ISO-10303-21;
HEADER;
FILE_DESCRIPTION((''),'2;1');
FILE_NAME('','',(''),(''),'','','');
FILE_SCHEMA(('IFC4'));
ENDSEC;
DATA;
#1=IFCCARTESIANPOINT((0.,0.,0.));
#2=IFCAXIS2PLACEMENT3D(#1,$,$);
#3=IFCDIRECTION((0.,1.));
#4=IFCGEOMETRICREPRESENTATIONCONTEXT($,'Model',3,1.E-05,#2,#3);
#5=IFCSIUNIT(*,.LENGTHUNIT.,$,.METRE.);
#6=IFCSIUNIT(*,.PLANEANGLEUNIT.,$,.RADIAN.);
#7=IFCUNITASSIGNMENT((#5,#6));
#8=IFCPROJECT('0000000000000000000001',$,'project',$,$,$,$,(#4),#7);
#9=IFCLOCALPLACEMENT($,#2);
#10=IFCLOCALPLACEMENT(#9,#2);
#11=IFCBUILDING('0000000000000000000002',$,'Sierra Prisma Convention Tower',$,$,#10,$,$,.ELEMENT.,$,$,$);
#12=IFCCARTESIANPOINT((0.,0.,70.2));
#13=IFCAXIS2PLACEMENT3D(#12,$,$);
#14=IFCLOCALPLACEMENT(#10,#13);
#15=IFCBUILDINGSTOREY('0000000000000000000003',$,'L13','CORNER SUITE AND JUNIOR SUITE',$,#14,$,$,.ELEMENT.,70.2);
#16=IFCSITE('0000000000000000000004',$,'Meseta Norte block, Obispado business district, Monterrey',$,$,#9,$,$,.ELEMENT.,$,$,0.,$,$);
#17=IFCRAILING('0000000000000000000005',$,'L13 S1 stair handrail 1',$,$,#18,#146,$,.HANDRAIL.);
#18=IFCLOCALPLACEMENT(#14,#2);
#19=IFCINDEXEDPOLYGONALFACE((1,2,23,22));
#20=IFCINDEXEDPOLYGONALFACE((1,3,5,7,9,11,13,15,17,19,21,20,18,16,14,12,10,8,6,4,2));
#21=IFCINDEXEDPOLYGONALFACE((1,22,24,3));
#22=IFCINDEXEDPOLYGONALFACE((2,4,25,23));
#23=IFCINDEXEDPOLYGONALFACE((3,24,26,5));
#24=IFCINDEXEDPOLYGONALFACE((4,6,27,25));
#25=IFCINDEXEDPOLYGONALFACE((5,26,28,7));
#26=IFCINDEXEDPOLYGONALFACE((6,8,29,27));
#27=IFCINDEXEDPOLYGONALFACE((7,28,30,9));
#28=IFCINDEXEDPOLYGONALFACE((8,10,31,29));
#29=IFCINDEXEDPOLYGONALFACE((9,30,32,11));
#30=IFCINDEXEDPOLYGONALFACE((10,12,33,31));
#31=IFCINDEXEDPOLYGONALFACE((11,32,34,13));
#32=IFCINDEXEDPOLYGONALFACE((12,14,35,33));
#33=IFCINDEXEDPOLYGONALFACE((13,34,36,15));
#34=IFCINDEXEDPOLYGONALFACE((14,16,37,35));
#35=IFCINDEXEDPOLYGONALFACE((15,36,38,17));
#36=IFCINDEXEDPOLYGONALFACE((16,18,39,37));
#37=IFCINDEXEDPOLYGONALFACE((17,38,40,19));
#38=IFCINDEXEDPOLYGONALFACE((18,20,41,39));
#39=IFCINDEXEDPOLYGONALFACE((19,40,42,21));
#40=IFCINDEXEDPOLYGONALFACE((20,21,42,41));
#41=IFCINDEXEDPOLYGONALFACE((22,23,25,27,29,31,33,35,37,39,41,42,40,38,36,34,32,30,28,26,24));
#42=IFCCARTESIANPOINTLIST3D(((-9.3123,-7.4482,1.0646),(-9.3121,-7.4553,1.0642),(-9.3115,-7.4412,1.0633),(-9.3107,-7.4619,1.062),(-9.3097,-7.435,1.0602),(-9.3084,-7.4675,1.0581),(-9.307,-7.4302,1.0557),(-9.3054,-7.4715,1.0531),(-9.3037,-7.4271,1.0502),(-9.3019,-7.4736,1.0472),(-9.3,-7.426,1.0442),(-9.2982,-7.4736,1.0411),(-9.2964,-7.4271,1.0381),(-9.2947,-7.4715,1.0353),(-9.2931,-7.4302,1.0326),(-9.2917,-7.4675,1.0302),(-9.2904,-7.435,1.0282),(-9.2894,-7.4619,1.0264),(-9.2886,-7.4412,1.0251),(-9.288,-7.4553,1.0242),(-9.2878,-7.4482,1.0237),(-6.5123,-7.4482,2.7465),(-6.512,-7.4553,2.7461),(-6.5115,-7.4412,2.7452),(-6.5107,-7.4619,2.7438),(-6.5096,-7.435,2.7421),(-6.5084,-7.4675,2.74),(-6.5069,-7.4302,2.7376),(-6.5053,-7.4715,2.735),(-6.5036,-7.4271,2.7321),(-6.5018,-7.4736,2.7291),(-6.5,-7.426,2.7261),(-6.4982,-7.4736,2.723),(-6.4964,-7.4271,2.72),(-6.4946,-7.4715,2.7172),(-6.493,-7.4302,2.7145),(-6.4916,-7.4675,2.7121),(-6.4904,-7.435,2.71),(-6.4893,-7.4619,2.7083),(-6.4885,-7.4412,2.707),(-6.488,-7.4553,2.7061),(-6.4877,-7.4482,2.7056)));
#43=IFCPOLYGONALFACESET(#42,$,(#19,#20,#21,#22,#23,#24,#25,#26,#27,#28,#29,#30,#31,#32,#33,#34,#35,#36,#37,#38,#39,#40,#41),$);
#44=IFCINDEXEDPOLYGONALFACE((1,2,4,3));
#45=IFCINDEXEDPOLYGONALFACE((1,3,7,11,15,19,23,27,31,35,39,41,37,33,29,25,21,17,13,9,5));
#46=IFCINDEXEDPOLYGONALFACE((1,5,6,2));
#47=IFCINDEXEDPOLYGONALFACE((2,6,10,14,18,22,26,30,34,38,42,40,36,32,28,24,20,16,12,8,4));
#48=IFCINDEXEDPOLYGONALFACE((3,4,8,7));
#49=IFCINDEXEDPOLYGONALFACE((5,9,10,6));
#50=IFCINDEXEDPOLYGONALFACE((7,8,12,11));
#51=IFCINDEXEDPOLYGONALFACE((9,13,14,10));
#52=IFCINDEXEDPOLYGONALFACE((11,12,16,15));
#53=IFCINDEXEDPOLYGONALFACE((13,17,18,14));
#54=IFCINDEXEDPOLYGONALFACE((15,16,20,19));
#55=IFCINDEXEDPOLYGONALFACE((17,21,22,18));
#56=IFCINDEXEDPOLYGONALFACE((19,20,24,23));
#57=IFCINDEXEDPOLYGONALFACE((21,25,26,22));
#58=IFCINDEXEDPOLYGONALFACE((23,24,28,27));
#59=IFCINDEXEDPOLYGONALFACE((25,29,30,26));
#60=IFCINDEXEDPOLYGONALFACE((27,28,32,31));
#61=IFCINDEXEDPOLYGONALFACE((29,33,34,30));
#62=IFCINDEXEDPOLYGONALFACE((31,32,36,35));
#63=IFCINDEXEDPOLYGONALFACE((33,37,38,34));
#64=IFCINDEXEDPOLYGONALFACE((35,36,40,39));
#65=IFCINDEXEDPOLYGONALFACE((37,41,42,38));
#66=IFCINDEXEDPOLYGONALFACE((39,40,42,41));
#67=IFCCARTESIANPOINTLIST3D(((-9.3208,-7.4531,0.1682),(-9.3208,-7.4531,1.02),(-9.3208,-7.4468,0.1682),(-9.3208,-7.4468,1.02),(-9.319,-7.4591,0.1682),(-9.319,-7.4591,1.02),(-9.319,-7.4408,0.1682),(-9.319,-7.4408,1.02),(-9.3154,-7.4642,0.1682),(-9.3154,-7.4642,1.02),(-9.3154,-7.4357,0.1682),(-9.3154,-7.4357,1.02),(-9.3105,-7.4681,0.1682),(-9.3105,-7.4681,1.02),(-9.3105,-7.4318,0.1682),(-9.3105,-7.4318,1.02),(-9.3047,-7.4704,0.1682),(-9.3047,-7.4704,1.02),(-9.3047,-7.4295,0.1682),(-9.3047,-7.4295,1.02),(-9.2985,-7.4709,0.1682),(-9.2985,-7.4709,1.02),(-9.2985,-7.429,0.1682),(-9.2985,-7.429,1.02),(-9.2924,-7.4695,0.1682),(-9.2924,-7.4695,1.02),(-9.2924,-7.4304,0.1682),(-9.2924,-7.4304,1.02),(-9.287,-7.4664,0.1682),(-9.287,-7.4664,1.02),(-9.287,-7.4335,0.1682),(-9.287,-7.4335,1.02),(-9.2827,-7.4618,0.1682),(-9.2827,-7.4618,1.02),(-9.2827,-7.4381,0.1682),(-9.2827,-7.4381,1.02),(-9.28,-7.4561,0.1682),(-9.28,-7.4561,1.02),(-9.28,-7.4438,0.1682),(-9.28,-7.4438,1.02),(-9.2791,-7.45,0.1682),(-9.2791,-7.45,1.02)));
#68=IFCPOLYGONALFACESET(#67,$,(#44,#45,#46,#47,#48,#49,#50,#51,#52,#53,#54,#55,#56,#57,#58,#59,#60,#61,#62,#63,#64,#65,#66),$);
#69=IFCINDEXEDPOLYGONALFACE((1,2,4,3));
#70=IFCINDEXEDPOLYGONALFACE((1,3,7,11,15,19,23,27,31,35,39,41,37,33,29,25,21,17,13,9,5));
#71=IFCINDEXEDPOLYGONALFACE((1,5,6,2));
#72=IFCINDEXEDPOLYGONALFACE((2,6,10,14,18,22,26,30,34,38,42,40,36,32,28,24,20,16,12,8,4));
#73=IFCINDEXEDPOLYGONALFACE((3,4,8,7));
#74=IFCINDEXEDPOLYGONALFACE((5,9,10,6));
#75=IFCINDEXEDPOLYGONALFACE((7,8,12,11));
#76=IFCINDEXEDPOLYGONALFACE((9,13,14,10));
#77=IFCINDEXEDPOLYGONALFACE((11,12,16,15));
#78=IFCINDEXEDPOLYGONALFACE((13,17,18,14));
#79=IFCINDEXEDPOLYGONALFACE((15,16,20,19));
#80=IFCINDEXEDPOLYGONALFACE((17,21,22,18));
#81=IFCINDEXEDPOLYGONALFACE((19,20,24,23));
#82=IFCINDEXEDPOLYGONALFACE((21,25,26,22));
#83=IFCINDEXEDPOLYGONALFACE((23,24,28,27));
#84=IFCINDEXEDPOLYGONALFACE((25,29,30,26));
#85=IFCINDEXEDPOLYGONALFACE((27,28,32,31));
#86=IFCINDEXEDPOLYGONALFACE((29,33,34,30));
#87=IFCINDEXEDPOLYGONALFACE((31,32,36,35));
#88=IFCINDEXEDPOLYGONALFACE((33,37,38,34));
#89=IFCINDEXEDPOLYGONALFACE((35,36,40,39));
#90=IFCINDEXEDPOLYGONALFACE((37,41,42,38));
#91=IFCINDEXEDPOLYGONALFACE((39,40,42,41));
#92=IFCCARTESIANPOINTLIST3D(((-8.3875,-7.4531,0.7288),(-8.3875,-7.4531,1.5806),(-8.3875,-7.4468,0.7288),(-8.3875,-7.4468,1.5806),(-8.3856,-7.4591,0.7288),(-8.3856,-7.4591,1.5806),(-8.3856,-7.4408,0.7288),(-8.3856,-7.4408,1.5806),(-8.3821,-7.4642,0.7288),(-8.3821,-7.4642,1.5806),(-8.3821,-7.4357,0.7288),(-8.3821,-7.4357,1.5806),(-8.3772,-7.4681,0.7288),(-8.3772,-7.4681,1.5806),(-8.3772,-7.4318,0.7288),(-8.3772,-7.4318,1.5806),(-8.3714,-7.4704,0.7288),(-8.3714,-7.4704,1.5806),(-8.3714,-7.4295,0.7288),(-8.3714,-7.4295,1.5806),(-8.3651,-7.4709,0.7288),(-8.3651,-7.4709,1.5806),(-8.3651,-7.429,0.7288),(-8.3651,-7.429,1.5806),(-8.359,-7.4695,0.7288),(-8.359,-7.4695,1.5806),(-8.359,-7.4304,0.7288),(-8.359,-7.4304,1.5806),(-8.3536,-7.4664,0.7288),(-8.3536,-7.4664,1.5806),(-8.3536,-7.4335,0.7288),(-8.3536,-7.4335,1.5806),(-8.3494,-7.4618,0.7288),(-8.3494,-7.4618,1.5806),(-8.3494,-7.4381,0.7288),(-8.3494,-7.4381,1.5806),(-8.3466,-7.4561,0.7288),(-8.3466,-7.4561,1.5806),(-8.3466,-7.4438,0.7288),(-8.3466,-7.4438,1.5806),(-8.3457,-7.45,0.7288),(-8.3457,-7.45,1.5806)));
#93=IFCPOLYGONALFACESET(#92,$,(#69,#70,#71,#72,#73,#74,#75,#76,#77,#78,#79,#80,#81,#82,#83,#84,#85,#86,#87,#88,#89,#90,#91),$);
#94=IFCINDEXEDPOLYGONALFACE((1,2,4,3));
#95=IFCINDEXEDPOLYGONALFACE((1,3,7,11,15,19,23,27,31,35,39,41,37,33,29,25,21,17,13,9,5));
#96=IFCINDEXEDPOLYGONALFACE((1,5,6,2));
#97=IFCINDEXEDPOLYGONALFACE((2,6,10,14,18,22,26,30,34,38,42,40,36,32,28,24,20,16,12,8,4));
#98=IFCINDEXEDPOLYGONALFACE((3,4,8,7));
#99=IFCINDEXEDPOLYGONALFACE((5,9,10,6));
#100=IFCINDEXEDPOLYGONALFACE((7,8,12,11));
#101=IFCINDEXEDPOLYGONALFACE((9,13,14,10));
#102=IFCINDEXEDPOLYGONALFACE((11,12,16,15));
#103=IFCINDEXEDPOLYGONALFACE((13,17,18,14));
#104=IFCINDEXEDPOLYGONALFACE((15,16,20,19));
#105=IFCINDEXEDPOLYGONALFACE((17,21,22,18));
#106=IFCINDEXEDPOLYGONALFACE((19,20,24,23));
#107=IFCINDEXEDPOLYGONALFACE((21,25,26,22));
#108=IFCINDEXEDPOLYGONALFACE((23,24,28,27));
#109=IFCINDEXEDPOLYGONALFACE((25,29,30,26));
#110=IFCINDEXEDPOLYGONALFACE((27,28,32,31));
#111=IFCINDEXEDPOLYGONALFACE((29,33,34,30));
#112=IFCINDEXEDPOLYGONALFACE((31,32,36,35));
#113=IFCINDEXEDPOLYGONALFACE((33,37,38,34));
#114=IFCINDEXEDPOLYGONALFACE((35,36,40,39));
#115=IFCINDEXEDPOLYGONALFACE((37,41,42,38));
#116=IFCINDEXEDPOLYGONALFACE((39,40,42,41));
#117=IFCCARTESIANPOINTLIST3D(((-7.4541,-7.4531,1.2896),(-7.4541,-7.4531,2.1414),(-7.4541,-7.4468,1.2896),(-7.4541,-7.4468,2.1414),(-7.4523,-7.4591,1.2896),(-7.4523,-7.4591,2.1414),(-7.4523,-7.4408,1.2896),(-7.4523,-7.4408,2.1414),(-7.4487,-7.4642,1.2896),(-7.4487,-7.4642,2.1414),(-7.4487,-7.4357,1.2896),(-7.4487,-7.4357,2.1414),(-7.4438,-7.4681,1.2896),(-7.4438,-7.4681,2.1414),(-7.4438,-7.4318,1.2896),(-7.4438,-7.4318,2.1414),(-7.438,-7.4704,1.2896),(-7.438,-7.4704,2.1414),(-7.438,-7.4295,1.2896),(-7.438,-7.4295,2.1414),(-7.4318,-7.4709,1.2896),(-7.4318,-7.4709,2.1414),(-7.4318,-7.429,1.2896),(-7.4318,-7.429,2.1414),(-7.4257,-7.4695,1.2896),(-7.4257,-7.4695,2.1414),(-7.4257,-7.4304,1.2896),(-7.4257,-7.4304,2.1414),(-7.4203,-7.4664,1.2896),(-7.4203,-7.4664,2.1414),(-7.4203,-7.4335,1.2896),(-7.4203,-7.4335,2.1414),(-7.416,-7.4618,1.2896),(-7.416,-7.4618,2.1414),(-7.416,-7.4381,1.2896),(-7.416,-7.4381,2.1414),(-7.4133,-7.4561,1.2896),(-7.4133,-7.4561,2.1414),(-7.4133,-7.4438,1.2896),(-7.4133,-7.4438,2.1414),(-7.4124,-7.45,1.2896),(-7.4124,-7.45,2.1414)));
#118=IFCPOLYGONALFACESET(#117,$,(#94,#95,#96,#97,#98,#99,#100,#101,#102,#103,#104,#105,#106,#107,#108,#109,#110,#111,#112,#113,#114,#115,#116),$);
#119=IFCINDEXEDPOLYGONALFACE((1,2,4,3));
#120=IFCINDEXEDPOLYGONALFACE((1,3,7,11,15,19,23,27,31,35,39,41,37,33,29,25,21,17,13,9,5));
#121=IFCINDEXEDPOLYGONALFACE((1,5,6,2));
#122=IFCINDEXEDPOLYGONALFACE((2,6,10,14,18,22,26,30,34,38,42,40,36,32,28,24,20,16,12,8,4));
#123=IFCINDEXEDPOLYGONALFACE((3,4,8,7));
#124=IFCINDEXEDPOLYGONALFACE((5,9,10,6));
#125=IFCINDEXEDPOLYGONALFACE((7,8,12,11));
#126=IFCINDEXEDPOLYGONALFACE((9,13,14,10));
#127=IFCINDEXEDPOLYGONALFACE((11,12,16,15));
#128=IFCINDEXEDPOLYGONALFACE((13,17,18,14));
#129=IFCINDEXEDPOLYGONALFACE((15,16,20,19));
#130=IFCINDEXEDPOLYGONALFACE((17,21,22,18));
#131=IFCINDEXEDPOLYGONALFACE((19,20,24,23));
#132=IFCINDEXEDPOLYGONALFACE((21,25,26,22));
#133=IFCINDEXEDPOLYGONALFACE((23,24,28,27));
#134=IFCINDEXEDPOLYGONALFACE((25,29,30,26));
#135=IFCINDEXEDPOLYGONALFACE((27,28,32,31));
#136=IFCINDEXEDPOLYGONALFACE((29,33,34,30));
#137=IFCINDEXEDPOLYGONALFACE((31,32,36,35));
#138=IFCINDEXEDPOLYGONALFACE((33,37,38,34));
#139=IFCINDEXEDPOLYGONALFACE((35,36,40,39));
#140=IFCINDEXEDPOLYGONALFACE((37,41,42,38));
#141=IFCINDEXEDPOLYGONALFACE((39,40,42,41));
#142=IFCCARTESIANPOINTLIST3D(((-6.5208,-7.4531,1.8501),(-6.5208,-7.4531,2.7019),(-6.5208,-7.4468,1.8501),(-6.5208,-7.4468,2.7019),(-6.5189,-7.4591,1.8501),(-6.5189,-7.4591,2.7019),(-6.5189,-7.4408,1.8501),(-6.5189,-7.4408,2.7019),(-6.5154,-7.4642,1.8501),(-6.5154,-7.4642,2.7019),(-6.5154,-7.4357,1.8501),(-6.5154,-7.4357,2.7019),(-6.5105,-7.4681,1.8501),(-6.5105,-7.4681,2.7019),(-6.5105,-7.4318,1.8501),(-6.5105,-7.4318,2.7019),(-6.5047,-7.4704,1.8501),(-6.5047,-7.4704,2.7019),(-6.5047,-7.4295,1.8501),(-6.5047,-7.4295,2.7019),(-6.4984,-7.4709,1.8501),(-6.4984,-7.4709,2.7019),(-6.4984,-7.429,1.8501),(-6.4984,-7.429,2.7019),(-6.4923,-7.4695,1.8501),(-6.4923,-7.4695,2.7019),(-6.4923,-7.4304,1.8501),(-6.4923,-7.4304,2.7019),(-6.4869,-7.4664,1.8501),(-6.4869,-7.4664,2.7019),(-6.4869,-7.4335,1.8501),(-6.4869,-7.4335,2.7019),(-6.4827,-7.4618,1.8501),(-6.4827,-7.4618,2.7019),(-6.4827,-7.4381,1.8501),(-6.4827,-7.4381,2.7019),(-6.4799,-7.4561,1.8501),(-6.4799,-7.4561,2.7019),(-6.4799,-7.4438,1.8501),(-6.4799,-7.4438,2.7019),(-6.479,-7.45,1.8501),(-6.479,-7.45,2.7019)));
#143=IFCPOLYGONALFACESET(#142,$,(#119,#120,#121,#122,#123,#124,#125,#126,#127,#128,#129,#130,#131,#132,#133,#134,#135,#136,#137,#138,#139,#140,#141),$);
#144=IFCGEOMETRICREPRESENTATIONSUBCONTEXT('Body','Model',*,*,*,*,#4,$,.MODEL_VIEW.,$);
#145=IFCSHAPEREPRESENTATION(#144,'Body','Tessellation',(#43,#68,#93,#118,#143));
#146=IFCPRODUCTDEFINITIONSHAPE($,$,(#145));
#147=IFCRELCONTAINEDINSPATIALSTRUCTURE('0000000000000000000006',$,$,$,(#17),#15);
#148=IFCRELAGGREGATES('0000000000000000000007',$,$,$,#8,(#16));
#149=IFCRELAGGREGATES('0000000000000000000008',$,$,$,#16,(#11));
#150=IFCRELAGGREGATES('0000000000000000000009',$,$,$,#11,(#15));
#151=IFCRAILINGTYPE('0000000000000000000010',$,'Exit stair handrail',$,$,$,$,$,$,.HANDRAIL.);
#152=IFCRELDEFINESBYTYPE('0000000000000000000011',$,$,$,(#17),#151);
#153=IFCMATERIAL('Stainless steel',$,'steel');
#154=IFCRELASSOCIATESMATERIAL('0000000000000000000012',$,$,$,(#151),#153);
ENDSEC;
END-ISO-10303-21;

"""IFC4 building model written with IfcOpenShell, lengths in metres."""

from ifc_helpers import new_model, si_unit, direction, frame, origin, origin_2d, place, context, subcontext, project, spatial, circle, extrude, material, type_object, element, save


model = new_model("IFC4")

# Units and contexts
model_context = context("Model", 3, precision=1e-05, world=origin(), true_north=direction((0.0, 1.0)))
body_context = subcontext(model_context, "Body", "Model", "MODEL_VIEW")
ifc_project = project(units=[si_unit("LENGTHUNIT", "METRE"), si_unit("PLANEANGLEUNIT", "RADIAN")], contexts=[model_context])

# Site, building, storey
site_placement = place(None, origin())
site = spatial("IfcSite", under=ifc_project, at=site_placement, Name="Meseta Norte block, Obispado business district, Monterrey", CompositionType="ELEMENT", RefElevation=0.0)
building_placement = place(site_placement, origin())
building = spatial("IfcBuilding", under=site, at=building_placement, Name="Sierra Prisma Convention Tower", CompositionType="ELEMENT")
storey_placement = place(building_placement, frame((0.0, 0.0, 70.2)))
storey = spatial("IfcBuildingStorey", under=building, at=storey_placement, Name="L13", Description="CORNER SUITE AND JUNIOR SUITE", CompositionType="ELEMENT", Elevation=70.2)

# Railing
ifc_material_1 = material(Name="Stainless steel", Category="steel")
railing_type_1 = type_object("IfcRailingType", Name="Exit stair handrail", PredefinedType="HANDRAIL", material=ifc_material_1)
railing_1_placement = place(storey_placement, frame((-9.3, -7.45, 0.1682)))
element("IfcRailing", 1, at=railing_1_placement, inside=storey, type_object=railing_type_1, Name="L13 S1 stair handrail 1", PredefinedType="HANDRAIL", context=body_context, shape_type="SweptSolid", body=[
    extrude(circle(Radius=0.0239, at=origin_2d()), frame((0.0, 0.0, 0.876), z_axis=(0.857242, 0.0, 0.514913), x_axis=(0.0, 1.0, 0.0)), (0.0, 0.0, 1.0), 3.2664),
    extrude(circle(Radius=0.021, at=origin_2d()), origin(), (0.0, 0.0, 1.0), 0.8518),
    extrude(circle(Radius=0.021, at=origin_2d()), frame((0.9333, 0.0, 0.5605)), (0.0, 0.0, 1.0), 0.8518),
    extrude(circle(Radius=0.021, at=origin_2d()), frame((1.8667, 0.0, 1.1213)), (0.0, 0.0, 1.0), 0.8518),
    extrude(circle(Radius=0.021, at=origin_2d()), frame((2.8, 0.0, 1.6819)), (0.0, 0.0, 1.0), 0.8518),
])

save(model, "model.ifc")
